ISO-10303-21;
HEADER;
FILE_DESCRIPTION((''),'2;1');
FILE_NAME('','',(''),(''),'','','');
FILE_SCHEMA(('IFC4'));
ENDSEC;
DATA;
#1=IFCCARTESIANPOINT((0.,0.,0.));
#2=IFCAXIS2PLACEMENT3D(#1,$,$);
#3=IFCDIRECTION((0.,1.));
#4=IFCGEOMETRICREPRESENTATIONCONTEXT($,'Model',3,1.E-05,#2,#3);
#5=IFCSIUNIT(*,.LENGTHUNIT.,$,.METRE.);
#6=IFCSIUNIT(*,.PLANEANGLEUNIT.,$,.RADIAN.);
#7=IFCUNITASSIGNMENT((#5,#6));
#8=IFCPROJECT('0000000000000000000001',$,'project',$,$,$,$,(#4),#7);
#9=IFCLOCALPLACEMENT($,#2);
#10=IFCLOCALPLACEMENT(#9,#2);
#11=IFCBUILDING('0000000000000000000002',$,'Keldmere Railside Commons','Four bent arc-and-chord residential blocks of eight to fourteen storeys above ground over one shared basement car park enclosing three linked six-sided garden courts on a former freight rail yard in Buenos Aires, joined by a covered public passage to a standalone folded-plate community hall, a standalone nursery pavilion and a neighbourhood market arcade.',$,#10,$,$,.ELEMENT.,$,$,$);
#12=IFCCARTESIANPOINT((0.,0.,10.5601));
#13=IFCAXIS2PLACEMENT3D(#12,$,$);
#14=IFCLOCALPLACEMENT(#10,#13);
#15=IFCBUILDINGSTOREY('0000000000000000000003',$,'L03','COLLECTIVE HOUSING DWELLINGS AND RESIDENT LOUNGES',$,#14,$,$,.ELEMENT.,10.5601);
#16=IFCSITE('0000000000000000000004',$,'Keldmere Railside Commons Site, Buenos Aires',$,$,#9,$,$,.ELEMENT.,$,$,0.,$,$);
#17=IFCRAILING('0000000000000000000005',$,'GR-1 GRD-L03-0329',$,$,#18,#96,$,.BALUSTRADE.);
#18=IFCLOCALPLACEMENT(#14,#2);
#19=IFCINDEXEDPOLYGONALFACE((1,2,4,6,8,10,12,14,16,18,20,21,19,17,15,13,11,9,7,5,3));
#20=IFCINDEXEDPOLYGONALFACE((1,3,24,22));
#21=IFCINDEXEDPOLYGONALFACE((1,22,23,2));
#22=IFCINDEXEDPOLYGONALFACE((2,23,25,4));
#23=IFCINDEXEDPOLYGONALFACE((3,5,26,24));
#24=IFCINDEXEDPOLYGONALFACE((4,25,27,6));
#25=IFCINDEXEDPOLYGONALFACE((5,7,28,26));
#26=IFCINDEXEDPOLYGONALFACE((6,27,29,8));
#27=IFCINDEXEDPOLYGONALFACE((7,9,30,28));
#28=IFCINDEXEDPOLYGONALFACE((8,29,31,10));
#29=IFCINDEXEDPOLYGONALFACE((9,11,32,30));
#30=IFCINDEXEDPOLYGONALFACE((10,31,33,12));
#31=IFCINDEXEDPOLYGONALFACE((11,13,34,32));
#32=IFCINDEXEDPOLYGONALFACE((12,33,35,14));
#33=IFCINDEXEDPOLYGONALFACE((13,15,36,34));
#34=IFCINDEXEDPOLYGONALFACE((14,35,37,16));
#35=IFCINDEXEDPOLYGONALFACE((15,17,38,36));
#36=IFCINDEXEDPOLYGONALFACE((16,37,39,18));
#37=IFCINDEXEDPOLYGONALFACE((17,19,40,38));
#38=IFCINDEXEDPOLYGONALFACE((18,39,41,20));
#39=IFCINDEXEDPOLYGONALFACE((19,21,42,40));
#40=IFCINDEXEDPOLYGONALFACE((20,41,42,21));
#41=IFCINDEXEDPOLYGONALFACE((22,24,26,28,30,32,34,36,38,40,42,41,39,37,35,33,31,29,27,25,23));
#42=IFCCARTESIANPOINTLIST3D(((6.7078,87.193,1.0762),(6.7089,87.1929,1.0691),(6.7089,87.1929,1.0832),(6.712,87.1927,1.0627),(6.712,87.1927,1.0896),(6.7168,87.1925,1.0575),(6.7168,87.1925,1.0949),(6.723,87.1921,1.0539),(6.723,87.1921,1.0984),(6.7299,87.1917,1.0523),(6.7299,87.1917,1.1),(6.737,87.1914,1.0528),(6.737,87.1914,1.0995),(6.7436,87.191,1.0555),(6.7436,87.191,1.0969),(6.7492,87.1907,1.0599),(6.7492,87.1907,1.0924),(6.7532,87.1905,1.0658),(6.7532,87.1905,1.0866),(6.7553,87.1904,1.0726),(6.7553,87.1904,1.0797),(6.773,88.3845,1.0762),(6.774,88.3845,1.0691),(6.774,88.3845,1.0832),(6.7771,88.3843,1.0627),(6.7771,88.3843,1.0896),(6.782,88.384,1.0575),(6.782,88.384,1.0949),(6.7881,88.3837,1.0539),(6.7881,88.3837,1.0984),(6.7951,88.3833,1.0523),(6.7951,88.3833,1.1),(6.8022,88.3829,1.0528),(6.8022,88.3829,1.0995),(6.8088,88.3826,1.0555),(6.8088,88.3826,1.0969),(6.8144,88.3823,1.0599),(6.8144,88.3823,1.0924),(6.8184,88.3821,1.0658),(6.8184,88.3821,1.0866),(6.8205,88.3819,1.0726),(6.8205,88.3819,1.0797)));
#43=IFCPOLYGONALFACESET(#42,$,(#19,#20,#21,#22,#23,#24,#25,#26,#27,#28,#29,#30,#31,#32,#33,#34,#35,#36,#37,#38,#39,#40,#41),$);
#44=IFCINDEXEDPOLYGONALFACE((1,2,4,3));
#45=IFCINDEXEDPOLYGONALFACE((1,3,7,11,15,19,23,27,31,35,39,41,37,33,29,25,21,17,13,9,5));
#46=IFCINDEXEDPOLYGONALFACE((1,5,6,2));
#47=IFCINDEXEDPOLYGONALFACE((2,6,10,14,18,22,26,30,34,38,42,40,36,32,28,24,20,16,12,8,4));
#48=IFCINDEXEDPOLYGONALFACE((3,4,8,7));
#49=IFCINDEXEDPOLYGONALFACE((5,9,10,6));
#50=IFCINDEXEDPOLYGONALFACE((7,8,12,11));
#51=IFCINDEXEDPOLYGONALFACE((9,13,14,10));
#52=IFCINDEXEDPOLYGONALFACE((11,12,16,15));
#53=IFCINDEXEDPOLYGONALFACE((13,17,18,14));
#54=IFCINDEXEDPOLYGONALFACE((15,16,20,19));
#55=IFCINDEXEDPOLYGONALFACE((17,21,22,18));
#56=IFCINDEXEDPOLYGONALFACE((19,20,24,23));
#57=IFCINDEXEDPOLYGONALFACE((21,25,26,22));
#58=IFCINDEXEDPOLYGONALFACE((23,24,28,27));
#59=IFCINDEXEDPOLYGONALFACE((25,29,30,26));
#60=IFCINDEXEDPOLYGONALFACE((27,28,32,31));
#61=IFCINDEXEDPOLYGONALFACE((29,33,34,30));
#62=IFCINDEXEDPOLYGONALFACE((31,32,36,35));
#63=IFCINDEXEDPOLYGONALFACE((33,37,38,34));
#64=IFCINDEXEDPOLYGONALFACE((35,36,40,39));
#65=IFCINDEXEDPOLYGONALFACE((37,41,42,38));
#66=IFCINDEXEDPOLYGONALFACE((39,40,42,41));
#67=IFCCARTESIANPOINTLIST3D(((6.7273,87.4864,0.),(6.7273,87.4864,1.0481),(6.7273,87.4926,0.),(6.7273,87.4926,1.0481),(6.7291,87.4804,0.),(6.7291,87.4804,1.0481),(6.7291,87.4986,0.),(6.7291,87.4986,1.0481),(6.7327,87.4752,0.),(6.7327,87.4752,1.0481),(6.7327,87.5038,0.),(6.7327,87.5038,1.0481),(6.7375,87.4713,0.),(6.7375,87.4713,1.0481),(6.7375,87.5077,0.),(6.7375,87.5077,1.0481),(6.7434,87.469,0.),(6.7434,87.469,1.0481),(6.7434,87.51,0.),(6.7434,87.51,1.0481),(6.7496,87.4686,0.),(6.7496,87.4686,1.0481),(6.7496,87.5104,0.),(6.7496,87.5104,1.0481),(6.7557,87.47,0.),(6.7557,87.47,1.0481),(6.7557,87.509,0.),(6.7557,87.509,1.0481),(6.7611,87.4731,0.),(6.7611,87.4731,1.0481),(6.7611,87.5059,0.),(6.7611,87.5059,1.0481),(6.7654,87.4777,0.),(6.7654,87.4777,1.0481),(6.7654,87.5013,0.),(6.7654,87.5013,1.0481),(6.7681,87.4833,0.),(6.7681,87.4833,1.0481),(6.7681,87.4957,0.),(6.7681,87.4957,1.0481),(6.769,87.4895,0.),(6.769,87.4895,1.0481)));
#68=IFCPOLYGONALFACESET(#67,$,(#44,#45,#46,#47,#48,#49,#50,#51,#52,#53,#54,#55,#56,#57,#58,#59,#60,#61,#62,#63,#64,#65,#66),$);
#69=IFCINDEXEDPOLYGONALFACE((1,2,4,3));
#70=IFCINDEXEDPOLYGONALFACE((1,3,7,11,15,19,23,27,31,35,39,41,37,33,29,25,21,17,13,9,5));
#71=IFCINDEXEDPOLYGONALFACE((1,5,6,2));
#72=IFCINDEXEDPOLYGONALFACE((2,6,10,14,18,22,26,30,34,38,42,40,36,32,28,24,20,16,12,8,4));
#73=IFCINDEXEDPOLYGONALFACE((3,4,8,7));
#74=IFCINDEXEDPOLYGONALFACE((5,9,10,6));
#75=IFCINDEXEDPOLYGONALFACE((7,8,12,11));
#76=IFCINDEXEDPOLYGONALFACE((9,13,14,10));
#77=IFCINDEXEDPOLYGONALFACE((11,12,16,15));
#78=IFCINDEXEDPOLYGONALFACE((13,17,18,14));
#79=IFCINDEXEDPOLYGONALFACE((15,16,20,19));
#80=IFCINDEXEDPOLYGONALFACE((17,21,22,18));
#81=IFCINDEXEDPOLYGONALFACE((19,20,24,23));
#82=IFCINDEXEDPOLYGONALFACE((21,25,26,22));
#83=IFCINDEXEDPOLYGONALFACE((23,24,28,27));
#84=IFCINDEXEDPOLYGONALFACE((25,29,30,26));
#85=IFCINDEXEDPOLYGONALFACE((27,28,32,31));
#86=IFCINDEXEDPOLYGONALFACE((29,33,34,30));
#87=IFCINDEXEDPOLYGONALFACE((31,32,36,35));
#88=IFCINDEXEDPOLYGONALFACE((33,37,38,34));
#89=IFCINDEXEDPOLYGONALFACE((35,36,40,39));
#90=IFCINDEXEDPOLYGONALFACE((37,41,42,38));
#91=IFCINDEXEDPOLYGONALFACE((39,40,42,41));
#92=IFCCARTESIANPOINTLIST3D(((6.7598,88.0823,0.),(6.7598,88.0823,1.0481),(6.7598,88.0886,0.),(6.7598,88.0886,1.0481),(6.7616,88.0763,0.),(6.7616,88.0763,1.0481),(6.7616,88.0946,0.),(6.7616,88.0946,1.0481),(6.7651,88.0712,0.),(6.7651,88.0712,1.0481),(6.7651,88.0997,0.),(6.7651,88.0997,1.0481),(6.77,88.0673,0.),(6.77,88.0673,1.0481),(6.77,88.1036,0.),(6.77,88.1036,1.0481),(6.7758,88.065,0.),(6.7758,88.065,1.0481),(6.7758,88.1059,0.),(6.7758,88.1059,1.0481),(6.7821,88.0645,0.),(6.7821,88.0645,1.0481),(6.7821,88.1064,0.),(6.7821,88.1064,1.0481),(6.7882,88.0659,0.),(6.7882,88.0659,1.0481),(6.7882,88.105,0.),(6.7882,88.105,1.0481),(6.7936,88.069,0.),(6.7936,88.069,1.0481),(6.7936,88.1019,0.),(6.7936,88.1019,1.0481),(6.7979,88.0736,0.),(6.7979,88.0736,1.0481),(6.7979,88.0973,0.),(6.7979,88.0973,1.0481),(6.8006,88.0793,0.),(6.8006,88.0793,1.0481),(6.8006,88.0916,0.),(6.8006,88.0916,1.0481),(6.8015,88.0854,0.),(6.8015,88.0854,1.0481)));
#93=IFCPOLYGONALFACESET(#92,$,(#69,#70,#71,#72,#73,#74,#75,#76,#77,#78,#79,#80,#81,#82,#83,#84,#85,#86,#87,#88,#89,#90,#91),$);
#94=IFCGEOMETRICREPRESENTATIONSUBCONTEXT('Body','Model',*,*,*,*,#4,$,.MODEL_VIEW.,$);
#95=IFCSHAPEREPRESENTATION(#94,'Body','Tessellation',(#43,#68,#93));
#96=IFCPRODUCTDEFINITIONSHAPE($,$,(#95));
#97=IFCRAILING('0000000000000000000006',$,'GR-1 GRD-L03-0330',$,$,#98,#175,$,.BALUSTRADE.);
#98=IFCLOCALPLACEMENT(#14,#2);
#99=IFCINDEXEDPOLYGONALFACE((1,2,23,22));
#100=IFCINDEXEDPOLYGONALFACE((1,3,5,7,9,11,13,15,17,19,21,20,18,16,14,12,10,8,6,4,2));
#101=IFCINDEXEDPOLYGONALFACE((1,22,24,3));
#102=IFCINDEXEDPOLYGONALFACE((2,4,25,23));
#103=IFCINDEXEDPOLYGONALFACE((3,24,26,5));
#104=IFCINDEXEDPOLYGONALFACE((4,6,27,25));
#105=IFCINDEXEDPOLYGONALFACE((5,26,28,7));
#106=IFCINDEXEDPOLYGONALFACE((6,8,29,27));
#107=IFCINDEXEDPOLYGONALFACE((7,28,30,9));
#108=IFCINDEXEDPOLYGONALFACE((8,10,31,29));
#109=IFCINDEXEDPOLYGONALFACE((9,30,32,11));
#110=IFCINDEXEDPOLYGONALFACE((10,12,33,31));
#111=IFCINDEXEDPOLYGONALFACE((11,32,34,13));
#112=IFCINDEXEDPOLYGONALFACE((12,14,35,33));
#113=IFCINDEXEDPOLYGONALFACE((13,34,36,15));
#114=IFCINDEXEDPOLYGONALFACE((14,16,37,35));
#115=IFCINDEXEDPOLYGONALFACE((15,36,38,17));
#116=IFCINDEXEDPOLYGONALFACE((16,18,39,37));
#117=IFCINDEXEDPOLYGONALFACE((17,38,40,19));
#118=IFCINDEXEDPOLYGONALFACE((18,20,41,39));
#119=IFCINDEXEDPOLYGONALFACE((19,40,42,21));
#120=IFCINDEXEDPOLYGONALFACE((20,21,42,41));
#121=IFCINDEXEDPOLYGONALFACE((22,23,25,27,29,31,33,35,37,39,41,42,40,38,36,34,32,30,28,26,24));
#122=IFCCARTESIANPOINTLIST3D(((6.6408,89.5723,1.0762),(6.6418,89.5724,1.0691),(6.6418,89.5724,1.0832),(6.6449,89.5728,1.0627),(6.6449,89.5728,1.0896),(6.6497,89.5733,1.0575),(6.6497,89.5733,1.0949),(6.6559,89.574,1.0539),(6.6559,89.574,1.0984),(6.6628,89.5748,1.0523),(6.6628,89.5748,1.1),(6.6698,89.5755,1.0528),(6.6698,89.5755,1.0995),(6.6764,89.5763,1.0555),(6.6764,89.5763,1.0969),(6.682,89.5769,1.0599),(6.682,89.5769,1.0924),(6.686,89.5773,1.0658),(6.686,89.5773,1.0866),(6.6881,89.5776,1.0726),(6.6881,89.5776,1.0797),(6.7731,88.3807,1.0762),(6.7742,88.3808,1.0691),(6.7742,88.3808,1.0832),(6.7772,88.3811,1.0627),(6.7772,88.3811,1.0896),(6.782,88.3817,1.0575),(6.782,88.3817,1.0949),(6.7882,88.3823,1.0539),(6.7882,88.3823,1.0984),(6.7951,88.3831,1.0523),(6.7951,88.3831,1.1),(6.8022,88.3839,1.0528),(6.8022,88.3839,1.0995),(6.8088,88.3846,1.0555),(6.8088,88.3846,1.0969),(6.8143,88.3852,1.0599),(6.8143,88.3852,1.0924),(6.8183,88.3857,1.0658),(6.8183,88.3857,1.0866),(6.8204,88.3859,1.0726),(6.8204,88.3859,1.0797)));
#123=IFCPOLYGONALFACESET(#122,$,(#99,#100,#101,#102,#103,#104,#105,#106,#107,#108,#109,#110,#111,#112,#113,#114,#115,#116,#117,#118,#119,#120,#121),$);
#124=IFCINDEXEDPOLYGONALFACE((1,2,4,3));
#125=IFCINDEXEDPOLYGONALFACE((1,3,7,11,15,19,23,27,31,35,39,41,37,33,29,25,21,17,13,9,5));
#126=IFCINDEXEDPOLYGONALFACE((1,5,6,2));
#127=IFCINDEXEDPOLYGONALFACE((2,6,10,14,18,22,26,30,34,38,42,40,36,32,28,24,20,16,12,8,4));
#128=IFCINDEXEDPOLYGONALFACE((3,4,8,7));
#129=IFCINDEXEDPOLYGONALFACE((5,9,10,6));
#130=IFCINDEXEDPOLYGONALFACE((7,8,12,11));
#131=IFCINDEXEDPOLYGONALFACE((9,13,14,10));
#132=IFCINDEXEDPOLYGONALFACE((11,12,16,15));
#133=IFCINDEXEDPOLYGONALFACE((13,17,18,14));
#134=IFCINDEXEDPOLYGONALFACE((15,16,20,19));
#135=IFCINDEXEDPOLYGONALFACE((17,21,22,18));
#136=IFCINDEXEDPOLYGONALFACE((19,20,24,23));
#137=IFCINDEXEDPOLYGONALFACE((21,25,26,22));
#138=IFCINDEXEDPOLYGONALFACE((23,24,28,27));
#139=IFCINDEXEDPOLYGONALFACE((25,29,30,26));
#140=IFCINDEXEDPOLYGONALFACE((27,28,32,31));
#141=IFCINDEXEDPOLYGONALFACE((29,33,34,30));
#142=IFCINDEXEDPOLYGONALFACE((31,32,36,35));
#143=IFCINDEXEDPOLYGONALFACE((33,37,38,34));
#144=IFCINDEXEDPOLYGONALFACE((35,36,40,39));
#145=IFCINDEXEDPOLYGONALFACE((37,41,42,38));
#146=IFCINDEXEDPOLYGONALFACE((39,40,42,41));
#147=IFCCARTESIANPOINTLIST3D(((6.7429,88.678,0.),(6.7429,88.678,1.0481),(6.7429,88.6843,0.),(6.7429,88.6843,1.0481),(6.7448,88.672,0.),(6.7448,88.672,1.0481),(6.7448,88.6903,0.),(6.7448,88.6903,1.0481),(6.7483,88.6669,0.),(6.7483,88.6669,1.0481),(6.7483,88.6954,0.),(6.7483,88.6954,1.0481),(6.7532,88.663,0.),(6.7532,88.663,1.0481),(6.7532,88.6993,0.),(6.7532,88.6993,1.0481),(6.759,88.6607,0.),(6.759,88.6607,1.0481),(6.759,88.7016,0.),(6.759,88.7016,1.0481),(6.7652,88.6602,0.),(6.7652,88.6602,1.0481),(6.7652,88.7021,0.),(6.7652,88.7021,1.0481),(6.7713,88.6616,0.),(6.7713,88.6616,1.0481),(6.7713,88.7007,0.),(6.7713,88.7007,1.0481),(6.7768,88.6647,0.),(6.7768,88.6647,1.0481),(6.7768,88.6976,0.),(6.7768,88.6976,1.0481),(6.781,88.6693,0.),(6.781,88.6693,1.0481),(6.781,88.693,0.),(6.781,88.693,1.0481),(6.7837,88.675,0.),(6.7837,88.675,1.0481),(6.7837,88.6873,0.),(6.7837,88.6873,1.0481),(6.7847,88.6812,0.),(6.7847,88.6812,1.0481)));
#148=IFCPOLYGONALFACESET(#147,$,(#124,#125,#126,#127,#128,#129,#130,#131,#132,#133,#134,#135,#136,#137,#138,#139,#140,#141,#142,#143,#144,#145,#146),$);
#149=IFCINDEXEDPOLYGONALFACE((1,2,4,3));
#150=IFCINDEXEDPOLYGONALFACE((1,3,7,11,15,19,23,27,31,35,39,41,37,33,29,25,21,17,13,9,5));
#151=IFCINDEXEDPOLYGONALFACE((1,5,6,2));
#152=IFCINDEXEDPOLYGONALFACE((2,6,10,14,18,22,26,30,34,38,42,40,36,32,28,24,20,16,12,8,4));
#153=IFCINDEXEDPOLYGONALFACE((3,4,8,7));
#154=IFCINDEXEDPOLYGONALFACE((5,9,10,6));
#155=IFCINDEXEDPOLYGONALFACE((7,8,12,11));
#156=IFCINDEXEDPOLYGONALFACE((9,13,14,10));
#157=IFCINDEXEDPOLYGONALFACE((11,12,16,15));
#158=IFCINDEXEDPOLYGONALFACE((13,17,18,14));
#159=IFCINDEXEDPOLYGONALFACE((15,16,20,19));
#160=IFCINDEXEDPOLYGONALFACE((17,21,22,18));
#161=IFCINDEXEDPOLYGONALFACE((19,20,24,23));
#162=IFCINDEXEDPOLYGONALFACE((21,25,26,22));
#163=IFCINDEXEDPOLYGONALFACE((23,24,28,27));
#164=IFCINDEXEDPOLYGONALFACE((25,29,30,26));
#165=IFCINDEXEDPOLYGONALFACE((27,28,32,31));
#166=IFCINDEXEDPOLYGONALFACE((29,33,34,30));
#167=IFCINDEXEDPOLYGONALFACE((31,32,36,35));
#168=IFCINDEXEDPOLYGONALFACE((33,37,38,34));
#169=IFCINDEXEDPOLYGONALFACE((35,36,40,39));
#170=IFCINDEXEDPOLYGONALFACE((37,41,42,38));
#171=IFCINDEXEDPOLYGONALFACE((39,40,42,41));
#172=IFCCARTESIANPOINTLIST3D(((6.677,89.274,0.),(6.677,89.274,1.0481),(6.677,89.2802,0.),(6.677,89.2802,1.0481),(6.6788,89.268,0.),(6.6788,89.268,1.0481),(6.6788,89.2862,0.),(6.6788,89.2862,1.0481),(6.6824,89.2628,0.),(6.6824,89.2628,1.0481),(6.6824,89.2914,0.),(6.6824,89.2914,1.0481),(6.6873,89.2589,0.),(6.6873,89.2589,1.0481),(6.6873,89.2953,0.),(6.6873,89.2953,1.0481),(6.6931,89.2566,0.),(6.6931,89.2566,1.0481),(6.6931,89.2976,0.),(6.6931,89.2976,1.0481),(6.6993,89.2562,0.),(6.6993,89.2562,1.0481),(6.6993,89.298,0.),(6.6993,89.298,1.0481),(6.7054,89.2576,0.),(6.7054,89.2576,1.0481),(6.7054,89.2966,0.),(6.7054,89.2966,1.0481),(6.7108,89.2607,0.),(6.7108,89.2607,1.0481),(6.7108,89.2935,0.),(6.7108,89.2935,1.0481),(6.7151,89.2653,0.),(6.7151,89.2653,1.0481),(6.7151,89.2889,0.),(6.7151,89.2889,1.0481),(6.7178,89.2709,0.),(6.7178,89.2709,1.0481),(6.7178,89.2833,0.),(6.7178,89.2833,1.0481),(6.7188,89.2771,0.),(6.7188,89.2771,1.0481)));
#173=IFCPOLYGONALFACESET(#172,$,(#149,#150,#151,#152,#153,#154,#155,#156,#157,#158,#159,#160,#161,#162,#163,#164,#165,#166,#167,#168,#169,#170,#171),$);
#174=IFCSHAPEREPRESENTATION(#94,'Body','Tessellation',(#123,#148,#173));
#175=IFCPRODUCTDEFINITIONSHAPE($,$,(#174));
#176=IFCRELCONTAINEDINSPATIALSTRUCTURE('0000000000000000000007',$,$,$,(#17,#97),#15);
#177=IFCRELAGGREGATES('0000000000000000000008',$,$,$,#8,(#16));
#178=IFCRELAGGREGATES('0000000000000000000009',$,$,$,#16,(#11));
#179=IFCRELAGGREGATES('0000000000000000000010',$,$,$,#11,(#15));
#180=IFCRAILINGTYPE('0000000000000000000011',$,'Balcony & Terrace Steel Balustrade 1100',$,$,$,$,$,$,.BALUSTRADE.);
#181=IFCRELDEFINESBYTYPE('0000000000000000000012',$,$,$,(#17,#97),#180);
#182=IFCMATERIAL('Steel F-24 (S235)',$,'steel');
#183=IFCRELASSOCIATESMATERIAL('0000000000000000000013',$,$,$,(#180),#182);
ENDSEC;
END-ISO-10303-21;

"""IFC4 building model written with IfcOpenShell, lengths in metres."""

from ifc_helpers import new_model, si_unit, direction, frame, origin, origin_2d, place, context, subcontext, project, spatial, circle, extrude, material, type_object, element, save


model = new_model("IFC4")

# Units and contexts
model_context = context("Model", 3, precision=1e-05, world=origin(), true_north=direction((0.0, 1.0)))
body_context = subcontext(model_context, "Body", "Model", "MODEL_VIEW")
ifc_project = project(units=[si_unit("LENGTHUNIT", "METRE"), si_unit("PLANEANGLEUNIT", "RADIAN")], contexts=[model_context])

# Site, building, storey
site_placement = place(None, origin())
site = spatial("IfcSite", under=ifc_project, at=site_placement, Name="Keldmere Railside Commons Site, Buenos Aires", CompositionType="ELEMENT", RefElevation=0.0)
building_placement = place(site_placement, origin())
building = spatial("IfcBuilding", under=site, at=building_placement, Name="Keldmere Railside Commons", Description="Four bent arc-and-chord residential blocks of eight to fourteen storeys above ground over one shared basement car park enclosing three linked six-sided garden courts on a former freight rail yard in Buenos Aires, joined by a covered public passage to a standalone folded-plate community hall, a standalone nursery pavilion and a neighbourhood market arcade.", CompositionType="ELEMENT")
storey_placement = place(building_placement, frame((0.0, 0.0, 10.5601)))
storey = spatial("IfcBuildingStorey", under=building, at=storey_placement, Name="L03", Description="COLLECTIVE HOUSING DWELLINGS AND RESIDENT LOUNGES", CompositionType="ELEMENT", Elevation=10.5601)

# Railings
ifc_material_1 = material(Name="Steel F-24 (S235)", Category="steel")
railing_type = type_object("IfcRailingType", Name="Balcony & Terrace Steel Balustrade 1100", PredefinedType="BALUSTRADE", material=ifc_material_1)
railing_1_placement = place(storey_placement, frame((6.7317, 87.1917, 0.0)))
element("IfcRailing", 1, at=railing_1_placement, inside=storey, type_object=railing_type, Name="GR-1 GRD-L03-0329", PredefinedType="BALUSTRADE", context=body_context, shape_type="SweptSolid", body=[
    extrude(circle(Radius=0.0239, at=origin_2d()), frame((0.0, 0.0, 1.0762), z_axis=(0.05462, 0.998507, 0.0), x_axis=(-0.998507, 0.05462, 0.0)), (0.0, 0.0, 1.0), 1.1934),
    extrude(circle(Radius=0.021, at=origin_2d()), frame((0.0164, 0.2979, 0.0)), (0.0, 0.0, 1.0), 1.0481),
    extrude(circle(Radius=0.021, at=origin_2d()), frame((0.0488, 0.8938, 0.0)), (0.0, 0.0, 1.0), 1.0481),
])
railing_2_placement = place(storey_placement, frame((6.7969, 88.3833, 0.0)))
element("IfcRailing", 2, at=railing_2_placement, inside=storey, type_object=railing_type, Name="GR-1 GRD-L03-0330", PredefinedType="BALUSTRADE", context=body_context, shape_type="SweptSolid", body=[
    extrude(circle(Radius=0.0239, at=origin_2d()), frame((0.0, 0.0, 1.0762), z_axis=(-0.110364, 0.993891, 0.0), x_axis=(-0.993891, -0.110364, 0.0)), (0.0, 0.0, 1.0), 1.199),
    extrude(circle(Radius=0.021, at=origin_2d()), frame((-0.0332, 0.2979, 0.0)), (0.0, 0.0, 1.0), 1.0481),
    extrude(circle(Radius=0.021, at=origin_2d()), frame((-0.0991, 0.8938, 0.0)), (0.0, 0.0, 1.0), 1.0481),
])

save(model, "model.ifc")
